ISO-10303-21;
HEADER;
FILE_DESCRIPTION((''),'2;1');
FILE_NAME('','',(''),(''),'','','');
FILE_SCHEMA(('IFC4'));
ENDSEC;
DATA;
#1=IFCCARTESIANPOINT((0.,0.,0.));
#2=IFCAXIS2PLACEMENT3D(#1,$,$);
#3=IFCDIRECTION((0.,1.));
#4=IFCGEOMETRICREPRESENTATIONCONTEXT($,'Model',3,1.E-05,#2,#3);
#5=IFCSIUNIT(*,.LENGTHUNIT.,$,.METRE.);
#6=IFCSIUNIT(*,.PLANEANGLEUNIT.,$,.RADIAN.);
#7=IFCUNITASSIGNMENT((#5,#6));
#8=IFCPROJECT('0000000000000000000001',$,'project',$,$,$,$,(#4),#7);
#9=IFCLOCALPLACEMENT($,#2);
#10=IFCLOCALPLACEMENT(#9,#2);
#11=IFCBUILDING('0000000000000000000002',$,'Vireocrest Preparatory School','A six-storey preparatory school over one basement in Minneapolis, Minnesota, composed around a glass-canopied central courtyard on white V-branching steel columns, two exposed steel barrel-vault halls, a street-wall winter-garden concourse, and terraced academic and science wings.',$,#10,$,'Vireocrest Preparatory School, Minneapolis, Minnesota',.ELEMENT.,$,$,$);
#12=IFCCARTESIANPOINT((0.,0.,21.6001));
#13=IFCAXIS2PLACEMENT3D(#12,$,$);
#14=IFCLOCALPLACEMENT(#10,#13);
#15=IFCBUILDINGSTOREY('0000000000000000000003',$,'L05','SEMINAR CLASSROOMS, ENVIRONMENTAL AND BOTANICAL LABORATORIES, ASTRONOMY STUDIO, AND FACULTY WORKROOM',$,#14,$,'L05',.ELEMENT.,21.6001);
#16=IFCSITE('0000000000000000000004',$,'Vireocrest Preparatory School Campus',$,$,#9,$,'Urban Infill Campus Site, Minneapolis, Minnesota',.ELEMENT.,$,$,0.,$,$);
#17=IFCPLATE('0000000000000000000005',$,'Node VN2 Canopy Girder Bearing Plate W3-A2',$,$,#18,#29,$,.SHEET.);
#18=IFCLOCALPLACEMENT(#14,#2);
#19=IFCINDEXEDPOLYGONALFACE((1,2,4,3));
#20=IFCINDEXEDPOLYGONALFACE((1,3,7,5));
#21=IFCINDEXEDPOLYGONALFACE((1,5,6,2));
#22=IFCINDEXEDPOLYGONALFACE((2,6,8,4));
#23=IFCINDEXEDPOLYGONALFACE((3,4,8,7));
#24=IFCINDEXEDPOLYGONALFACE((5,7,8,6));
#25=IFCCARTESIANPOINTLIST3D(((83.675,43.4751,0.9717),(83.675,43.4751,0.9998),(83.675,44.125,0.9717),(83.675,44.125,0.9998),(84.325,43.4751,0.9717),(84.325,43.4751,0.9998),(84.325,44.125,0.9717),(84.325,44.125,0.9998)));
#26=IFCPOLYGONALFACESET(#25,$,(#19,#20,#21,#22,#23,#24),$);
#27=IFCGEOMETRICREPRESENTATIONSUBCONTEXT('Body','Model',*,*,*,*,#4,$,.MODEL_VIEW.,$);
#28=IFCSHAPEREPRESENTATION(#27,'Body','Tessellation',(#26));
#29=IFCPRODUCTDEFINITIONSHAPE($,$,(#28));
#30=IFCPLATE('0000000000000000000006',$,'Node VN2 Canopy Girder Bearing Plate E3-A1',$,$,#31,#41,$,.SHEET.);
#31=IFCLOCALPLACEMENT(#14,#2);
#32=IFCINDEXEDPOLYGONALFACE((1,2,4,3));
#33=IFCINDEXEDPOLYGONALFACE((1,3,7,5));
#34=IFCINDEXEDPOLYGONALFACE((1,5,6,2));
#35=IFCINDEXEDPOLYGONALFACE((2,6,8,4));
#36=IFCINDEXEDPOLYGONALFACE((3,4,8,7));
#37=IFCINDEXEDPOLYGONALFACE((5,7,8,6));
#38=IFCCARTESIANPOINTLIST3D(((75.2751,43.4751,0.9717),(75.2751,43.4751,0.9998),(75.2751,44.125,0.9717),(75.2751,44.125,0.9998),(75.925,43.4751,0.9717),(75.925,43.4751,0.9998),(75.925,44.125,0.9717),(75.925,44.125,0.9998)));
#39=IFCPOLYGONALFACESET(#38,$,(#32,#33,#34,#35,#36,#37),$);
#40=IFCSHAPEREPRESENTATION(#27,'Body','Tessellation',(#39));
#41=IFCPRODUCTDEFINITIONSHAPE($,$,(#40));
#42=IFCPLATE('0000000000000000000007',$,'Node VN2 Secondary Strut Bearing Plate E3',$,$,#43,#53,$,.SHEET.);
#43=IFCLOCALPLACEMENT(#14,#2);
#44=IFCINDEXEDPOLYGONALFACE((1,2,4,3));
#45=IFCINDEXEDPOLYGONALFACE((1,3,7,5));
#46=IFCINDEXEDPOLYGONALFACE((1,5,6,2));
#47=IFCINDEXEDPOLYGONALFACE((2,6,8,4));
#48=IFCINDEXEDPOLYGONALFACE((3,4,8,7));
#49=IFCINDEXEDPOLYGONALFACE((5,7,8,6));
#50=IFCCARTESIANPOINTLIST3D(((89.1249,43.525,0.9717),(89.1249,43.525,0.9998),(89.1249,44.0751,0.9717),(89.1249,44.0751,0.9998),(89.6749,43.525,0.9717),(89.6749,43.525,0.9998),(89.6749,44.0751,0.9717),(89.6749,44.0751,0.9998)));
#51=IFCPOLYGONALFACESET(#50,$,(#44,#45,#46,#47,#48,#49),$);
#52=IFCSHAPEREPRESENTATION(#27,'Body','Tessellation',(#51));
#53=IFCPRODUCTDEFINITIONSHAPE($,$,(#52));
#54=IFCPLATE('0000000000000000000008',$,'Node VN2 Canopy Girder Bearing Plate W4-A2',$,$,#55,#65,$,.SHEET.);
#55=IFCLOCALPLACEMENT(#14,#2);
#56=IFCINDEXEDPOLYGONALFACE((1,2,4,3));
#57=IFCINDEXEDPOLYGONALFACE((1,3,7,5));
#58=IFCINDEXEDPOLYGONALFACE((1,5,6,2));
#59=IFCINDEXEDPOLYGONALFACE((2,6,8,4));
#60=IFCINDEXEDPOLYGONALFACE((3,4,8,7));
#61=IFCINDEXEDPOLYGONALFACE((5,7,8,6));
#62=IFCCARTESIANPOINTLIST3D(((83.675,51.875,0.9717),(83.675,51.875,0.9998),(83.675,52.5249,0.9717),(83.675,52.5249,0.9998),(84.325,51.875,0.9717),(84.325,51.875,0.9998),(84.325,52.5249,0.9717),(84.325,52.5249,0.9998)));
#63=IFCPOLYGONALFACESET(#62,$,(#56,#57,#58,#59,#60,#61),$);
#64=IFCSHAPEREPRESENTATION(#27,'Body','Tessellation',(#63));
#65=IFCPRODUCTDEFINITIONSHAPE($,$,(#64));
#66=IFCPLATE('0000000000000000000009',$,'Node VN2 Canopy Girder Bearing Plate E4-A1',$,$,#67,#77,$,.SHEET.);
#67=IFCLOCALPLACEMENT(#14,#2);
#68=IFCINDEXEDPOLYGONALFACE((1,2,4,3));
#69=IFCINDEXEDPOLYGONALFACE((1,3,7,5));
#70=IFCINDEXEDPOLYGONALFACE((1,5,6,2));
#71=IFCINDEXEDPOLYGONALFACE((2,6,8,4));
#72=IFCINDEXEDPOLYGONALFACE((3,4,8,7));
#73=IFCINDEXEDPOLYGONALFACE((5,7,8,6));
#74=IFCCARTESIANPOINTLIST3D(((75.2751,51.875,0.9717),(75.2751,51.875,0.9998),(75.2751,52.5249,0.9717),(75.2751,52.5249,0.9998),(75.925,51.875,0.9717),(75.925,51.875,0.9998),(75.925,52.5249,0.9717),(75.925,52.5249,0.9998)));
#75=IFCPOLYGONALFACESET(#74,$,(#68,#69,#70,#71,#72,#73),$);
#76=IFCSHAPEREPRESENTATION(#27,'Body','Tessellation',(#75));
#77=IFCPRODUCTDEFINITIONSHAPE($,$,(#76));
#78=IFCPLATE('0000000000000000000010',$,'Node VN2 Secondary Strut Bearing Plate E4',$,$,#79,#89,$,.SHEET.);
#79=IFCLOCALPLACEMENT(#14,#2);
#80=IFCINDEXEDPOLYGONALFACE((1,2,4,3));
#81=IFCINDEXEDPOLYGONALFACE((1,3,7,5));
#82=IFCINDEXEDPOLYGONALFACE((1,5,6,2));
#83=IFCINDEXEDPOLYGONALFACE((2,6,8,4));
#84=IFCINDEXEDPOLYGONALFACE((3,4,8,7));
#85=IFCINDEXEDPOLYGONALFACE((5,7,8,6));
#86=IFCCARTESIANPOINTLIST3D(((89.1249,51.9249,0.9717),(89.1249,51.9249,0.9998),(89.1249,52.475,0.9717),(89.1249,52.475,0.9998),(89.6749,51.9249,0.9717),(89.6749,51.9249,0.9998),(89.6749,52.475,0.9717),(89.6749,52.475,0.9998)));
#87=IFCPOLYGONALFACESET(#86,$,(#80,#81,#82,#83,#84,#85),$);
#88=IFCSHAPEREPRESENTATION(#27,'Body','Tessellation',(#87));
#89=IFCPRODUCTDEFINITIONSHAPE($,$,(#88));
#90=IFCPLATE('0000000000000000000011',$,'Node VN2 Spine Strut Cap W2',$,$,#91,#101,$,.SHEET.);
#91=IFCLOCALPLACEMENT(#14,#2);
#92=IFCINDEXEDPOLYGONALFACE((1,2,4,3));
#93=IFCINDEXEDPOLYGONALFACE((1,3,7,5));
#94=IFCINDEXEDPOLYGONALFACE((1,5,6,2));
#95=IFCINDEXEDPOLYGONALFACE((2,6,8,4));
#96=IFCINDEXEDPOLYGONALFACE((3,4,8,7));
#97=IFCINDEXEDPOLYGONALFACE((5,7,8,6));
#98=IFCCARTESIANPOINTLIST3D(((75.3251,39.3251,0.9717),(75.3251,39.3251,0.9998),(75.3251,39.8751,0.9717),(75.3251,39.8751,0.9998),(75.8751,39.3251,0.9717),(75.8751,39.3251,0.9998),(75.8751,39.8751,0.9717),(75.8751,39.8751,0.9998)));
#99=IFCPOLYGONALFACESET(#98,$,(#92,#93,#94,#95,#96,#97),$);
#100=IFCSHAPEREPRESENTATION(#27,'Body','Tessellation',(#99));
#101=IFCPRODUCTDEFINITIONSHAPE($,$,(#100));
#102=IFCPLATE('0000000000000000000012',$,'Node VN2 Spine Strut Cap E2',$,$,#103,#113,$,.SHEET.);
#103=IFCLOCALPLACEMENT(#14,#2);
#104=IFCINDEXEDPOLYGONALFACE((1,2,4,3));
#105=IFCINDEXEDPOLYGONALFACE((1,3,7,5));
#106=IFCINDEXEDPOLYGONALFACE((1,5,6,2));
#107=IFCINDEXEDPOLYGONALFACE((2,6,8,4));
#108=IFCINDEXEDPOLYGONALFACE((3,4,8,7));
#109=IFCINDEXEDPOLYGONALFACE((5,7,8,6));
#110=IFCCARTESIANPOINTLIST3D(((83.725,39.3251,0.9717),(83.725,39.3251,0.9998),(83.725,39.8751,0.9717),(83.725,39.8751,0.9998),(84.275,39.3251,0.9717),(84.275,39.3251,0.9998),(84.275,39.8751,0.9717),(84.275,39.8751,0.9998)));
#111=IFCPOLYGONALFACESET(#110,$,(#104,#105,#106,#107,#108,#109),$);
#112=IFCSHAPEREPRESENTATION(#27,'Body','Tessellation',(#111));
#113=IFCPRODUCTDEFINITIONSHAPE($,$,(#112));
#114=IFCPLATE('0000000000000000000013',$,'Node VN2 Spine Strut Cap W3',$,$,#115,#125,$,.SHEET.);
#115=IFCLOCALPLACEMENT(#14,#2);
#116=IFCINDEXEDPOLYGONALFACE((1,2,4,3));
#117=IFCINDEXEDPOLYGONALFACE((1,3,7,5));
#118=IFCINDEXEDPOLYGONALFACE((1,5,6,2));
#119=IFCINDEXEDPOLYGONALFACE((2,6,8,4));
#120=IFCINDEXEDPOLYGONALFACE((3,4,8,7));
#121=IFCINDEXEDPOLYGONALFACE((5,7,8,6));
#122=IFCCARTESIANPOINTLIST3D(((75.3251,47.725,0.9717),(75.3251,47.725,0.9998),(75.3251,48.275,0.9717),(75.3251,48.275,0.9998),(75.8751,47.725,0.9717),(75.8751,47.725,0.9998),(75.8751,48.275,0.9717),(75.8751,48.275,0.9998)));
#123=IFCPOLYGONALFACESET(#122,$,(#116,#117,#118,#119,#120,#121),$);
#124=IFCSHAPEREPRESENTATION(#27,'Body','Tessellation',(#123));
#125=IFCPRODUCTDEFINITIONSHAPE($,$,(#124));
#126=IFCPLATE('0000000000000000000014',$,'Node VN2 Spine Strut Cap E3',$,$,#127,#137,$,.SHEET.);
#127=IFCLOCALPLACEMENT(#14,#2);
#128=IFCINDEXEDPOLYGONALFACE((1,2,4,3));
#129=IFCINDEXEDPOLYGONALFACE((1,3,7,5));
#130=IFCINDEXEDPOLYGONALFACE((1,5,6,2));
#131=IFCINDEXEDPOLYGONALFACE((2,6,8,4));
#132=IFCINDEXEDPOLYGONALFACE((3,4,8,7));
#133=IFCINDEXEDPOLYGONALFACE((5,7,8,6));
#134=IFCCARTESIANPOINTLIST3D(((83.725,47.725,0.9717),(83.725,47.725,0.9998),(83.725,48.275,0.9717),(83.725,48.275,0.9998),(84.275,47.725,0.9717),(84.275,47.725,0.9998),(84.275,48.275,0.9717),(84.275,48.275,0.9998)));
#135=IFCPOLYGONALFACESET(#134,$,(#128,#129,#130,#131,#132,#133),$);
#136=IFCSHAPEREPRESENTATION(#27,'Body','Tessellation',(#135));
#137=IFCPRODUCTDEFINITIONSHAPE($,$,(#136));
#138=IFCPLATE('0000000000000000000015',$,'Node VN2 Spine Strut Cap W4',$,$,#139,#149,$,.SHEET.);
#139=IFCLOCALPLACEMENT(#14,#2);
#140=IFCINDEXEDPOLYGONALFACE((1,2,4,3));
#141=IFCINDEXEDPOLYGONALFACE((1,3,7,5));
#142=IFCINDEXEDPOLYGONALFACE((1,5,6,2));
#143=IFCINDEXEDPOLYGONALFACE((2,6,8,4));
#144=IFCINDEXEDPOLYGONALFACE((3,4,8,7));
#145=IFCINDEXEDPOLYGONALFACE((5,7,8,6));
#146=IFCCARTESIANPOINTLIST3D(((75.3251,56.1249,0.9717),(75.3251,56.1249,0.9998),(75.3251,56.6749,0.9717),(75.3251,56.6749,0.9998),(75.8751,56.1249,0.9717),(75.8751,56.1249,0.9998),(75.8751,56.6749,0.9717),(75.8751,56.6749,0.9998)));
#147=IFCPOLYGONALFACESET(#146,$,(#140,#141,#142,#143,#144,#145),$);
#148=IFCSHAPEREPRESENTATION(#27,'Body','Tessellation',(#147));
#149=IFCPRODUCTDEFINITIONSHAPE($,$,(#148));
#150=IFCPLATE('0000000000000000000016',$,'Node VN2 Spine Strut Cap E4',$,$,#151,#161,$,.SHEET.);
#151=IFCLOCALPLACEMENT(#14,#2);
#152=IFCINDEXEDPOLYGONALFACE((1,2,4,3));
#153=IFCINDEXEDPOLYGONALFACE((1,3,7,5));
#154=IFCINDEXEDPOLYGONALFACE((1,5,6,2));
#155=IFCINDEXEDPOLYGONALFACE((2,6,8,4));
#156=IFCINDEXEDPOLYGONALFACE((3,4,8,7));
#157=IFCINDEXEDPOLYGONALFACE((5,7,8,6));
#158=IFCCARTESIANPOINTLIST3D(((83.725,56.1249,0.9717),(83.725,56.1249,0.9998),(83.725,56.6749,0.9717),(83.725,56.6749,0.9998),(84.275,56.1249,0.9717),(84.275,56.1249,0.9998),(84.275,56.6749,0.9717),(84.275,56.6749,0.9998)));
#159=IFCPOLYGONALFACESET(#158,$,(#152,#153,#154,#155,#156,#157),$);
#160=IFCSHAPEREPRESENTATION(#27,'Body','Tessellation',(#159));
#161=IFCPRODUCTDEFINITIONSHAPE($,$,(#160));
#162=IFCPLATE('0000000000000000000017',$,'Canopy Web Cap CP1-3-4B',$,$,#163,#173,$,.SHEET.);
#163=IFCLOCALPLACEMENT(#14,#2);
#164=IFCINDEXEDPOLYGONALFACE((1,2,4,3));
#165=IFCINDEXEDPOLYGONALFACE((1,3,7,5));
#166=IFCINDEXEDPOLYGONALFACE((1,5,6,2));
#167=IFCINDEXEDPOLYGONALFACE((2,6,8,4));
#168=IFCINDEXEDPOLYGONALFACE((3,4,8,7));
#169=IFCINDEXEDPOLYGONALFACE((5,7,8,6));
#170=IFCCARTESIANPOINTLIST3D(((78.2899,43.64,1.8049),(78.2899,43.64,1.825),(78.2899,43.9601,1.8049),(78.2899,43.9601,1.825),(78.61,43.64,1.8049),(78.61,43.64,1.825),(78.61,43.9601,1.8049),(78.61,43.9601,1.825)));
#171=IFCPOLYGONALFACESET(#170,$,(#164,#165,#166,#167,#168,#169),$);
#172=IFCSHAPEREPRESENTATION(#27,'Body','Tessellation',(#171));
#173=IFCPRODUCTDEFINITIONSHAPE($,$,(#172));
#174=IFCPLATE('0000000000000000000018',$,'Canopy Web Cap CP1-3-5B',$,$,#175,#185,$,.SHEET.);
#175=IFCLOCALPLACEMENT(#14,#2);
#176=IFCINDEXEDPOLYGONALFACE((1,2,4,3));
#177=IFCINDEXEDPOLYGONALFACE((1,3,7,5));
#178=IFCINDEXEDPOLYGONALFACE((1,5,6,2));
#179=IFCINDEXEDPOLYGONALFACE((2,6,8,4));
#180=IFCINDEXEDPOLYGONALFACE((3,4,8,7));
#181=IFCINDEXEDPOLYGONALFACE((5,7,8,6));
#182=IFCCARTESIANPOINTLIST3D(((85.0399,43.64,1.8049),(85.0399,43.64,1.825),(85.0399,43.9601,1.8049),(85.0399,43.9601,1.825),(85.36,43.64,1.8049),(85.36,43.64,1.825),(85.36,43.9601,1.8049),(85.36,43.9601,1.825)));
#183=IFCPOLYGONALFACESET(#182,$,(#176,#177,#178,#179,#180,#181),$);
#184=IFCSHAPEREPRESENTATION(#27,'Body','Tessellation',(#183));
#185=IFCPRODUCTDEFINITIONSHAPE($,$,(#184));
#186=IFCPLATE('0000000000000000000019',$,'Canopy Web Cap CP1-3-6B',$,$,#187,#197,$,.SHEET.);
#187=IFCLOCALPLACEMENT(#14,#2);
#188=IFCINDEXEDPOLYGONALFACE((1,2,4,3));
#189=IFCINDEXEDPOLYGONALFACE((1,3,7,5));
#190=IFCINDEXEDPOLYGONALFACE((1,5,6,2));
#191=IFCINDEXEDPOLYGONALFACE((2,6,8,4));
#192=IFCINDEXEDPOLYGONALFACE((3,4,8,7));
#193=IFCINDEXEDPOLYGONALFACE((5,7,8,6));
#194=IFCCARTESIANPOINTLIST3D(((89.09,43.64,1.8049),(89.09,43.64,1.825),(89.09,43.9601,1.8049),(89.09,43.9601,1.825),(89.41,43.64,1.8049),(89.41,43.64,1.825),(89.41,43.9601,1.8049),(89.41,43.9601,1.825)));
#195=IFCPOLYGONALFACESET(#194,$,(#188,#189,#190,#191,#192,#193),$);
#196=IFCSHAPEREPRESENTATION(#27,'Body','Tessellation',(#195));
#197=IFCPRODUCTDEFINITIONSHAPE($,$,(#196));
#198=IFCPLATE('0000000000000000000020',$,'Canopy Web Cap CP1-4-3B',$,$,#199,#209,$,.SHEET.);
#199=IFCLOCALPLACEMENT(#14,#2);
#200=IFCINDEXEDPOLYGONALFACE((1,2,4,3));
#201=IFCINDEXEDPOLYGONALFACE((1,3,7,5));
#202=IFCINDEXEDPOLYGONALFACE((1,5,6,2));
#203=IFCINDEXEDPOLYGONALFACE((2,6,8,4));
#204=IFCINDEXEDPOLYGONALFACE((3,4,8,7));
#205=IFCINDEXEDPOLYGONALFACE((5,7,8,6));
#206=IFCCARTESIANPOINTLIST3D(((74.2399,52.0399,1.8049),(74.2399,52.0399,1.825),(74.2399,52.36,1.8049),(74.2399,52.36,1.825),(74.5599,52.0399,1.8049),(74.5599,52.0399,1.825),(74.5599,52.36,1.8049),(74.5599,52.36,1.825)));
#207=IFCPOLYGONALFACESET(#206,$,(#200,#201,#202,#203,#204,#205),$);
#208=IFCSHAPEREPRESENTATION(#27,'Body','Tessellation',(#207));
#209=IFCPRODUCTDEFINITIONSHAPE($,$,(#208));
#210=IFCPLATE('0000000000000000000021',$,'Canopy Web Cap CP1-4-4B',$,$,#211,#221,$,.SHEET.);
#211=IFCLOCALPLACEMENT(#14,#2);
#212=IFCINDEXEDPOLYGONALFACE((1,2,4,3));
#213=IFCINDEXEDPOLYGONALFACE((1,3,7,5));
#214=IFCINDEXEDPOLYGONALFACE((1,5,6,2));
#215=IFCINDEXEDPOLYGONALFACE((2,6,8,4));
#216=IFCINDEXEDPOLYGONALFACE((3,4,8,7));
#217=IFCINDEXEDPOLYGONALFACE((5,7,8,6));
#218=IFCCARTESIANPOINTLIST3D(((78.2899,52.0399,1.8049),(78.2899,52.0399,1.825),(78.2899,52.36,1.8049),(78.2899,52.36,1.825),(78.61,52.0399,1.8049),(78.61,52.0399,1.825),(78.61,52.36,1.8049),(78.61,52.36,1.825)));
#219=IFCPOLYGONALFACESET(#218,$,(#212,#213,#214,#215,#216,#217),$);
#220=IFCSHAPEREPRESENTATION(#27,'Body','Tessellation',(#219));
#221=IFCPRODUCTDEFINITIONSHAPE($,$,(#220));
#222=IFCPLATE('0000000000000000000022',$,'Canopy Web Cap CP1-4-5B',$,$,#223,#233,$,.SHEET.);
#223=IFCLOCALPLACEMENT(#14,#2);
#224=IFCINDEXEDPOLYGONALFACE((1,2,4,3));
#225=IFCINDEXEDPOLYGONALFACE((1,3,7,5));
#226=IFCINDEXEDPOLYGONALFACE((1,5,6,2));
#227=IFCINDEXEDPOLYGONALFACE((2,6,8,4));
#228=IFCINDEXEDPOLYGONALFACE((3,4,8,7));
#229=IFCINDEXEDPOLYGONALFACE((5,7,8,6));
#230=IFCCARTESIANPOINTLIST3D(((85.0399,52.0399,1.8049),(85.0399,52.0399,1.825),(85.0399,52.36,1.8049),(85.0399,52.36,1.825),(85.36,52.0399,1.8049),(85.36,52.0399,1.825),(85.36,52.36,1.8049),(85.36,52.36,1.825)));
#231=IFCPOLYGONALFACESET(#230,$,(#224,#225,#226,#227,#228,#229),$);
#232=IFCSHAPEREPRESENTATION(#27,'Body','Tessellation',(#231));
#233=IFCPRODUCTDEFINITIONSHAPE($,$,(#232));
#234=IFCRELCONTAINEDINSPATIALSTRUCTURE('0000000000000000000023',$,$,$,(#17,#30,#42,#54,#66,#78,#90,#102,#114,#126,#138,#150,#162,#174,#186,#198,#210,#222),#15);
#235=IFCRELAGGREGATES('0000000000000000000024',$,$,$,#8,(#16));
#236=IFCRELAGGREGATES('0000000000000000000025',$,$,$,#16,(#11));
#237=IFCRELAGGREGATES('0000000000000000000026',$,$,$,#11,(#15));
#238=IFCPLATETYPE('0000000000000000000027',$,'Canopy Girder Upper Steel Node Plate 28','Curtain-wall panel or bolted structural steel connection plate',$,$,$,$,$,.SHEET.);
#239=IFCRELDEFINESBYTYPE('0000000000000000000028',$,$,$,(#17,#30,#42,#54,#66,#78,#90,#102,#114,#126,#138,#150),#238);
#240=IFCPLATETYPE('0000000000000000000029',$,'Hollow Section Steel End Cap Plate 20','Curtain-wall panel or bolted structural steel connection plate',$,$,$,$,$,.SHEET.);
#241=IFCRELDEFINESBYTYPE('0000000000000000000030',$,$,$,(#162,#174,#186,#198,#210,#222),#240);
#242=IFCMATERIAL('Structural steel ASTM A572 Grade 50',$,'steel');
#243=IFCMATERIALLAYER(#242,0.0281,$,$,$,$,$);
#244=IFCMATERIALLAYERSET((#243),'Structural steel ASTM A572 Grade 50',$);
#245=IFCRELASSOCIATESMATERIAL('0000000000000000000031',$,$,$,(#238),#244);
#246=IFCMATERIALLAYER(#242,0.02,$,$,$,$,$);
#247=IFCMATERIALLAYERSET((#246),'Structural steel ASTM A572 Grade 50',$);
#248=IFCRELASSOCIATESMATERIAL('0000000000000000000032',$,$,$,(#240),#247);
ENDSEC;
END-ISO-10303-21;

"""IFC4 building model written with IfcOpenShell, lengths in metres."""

from ifc_helpers import new_model, si_unit, direction, frame, origin, origin_2d, place, context, subcontext, project, spatial, rectangle, extrude, material, layer, layer_set, type_object, element, save


model = new_model("IFC4")

# Units and contexts
model_context = context("Model", 3, precision=1e-05, world=origin(), true_north=direction((0.0, 1.0)))
body_context = subcontext(model_context, "Body", "Model", "MODEL_VIEW")
ifc_project = project(units=[si_unit("LENGTHUNIT", "METRE"), si_unit("PLANEANGLEUNIT", "RADIAN")], contexts=[model_context])

# Site, building, storey
site_placement = place(None, origin())
site = spatial("IfcSite", under=ifc_project, at=site_placement, Name="Vireocrest Preparatory School Campus", LongName="Urban Infill Campus Site, Minneapolis, Minnesota", CompositionType="ELEMENT", RefElevation=0.0)
building_placement = place(site_placement, origin())
building = spatial("IfcBuilding", under=site, at=building_placement, Name="Vireocrest Preparatory School", Description="A six-storey preparatory school over one basement in Minneapolis, Minnesota, composed around a glass-canopied central courtyard on white V-branching steel columns, two exposed steel barrel-vault halls, a street-wall winter-garden concourse, and terraced academic and science wings.", LongName="Vireocrest Preparatory School, Minneapolis, Minnesota", CompositionType="ELEMENT")
storey_placement = place(building_placement, frame((0.0, 0.0, 21.6001)))
storey = spatial("IfcBuildingStorey", under=building, at=storey_placement, Name="L05", Description="SEMINAR CLASSROOMS, ENVIRONMENTAL AND BOTANICAL LABORATORIES, ASTRONOMY STUDIO, AND FACULTY WORKROOM", LongName="L05", CompositionType="ELEMENT", Elevation=21.6001)

# Plates
ifc_material_1 = material(Name="Structural steel ASTM A572 Grade 50", Category="steel")
ifc_layer_1 = layer(ifc_material_1, 0.0281)
ifc_layer_set_1 = layer_set([ifc_layer_1], Name="Structural steel ASTM A572 Grade 50")
plate_type_1 = type_object("IfcPlateType", Name="Canopy Girder Upper Steel Node Plate 28", Description="Curtain-wall panel or bolted structural steel connection plate", PredefinedType="SHEET", material=ifc_layer_set_1)
for number, where, z_axis, x_axis, name in (
    (1, (84.0, 43.8, 0.9717), (0.0, 0.0, 1.0), (1.0, 0.0, 0.0), "Node VN2 Canopy Girder Bearing Plate W3-A2"),
    (2, (75.6001, 43.8, 0.9717), (0.0, 0.0, 1.0), (1.0, 0.0, 0.0), "Node VN2 Canopy Girder Bearing Plate E3-A1"),
):
    element("IfcPlate", number, at=place(storey_placement, frame(where, z_axis=z_axis, x_axis=x_axis)), inside=storey, type_object=plate_type_1, Name=name, PredefinedType="SHEET", context=body_context, shape_type="SweptSolid", body=[
        extrude(rectangle(XDim=0.6499, YDim=0.6499, at=origin_2d()), origin(), (0.0, 0.0, 1.0), 0.0281),
    ])
plate_1_placement = place(storey_placement, frame((89.3999, 43.8, 0.9717), z_axis=(0.0, 0.0, 1.0), x_axis=(1.0, 0.0, 0.0)))
element("IfcPlate", 3, at=plate_1_placement, inside=storey, type_object=plate_type_1, Name="Node VN2 Secondary Strut Bearing Plate E3", PredefinedType="SHEET", context=body_context, shape_type="SweptSolid", body=[
    extrude(rectangle(XDim=0.55, YDim=0.55, at=origin_2d()), origin(), (0.0, 0.0, 1.0), 0.0281),
])
for number, where, z_axis, x_axis, name in (
    (4, (84.0, 52.2, 0.9717), (0.0, 0.0, 1.0), (1.0, 0.0, 0.0), "Node VN2 Canopy Girder Bearing Plate W4-A2"),
    (5, (75.6001, 52.2, 0.9717), (0.0, 0.0, 1.0), (1.0, 0.0, 0.0), "Node VN2 Canopy Girder Bearing Plate E4-A1"),
):
    element("IfcPlate", number, at=place(storey_placement, frame(where, z_axis=z_axis, x_axis=x_axis)), inside=storey, type_object=plate_type_1, Name=name, PredefinedType="SHEET", context=body_context, shape_type="SweptSolid", body=[
        extrude(rectangle(XDim=0.6499, YDim=0.6499, at=origin_2d()), origin(), (0.0, 0.0, 1.0), 0.0281),
    ])
for number, where, z_axis, x_axis, name in (
    (6, (89.3999, 52.2, 0.9717), (0.0, 0.0, 1.0), (1.0, 0.0, 0.0), "Node VN2 Secondary Strut Bearing Plate E4"),
    (7, (75.6001, 39.6001, 0.9717), (0.0, 0.0, 1.0), (1.0, 0.0, 0.0), "Node VN2 Spine Strut Cap W2"),
    (8, (84.0, 39.6001, 0.9717), (0.0, 0.0, 1.0), (1.0, 0.0, 0.0), "Node VN2 Spine Strut Cap E2"),
    (9, (75.6001, 48.0, 0.9717), (0.0, 0.0, 1.0), (1.0, 0.0, 0.0), "Node VN2 Spine Strut Cap W3"),
    (10, (84.0, 48.0, 0.9717), (0.0, 0.0, 1.0), (1.0, 0.0, 0.0), "Node VN2 Spine Strut Cap E3"),
    (11, (75.6001, 56.3999, 0.9717), (0.0, 0.0, 1.0), (1.0, 0.0, 0.0), "Node VN2 Spine Strut Cap W4"),
    (12, (84.0, 56.3999, 0.9717), (0.0, 0.0, 1.0), (1.0, 0.0, 0.0), "Node VN2 Spine Strut Cap E4"),
):
    element("IfcPlate", number, at=place(storey_placement, frame(where, z_axis=z_axis, x_axis=x_axis)), inside=storey, type_object=plate_type_1, Name=name, PredefinedType="SHEET", context=body_context, shape_type="SweptSolid", body=[
        extrude(rectangle(XDim=0.55, YDim=0.55, at=origin_2d()), origin(), (0.0, 0.0, 1.0), 0.0281),
    ])
ifc_layer_2 = layer(ifc_material_1, 0.02)
ifc_layer_set_2 = layer_set([ifc_layer_2], Name="Structural steel ASTM A572 Grade 50")
plate_type_2 = type_object("IfcPlateType", Name="Hollow Section Steel End Cap Plate 20", Description="Curtain-wall panel or bolted structural steel connection plate", PredefinedType="SHEET", material=ifc_layer_set_2)
for number, where, z_axis, x_axis, name in (
    (13, (78.45, 43.8, 1.8049), (0.0, 0.0, 1.0), (1.0, 0.0, 0.0), "Canopy Web Cap CP1-3-4B"),
    (14, (85.2, 43.8, 1.8049), (0.0, 0.0, 1.0), (1.0, 0.0, 0.0), "Canopy Web Cap CP1-3-5B"),
    (15, (89.25, 43.8, 1.8049), (0.0, 0.0, 1.0), (1.0, 0.0, 0.0), "Canopy Web Cap CP1-3-6B"),
    (16, (74.3999, 52.2, 1.8049), (0.0, 0.0, 1.0), (1.0, 0.0, 0.0), "Canopy Web Cap CP1-4-3B"),
    (17, (78.45, 52.2, 1.8049), (0.0, 0.0, 1.0), (1.0, 0.0, 0.0), "Canopy Web Cap CP1-4-4B"),
    (18, (85.2, 52.2, 1.8049), (0.0, 0.0, 1.0), (1.0, 0.0, 0.0), "Canopy Web Cap CP1-4-5B"),
):
    element("IfcPlate", number, at=place(storey_placement, frame(where, z_axis=z_axis, x_axis=x_axis)), inside=storey, type_object=plate_type_2, Name=name, PredefinedType="SHEET", context=body_context, shape_type="SweptSolid", body=[
        extrude(rectangle(XDim=0.3201, YDim=0.3201, at=origin_2d()), origin(), (0.0, 0.0, 1.0), 0.02),
    ])

save(model, "model.ifc")
